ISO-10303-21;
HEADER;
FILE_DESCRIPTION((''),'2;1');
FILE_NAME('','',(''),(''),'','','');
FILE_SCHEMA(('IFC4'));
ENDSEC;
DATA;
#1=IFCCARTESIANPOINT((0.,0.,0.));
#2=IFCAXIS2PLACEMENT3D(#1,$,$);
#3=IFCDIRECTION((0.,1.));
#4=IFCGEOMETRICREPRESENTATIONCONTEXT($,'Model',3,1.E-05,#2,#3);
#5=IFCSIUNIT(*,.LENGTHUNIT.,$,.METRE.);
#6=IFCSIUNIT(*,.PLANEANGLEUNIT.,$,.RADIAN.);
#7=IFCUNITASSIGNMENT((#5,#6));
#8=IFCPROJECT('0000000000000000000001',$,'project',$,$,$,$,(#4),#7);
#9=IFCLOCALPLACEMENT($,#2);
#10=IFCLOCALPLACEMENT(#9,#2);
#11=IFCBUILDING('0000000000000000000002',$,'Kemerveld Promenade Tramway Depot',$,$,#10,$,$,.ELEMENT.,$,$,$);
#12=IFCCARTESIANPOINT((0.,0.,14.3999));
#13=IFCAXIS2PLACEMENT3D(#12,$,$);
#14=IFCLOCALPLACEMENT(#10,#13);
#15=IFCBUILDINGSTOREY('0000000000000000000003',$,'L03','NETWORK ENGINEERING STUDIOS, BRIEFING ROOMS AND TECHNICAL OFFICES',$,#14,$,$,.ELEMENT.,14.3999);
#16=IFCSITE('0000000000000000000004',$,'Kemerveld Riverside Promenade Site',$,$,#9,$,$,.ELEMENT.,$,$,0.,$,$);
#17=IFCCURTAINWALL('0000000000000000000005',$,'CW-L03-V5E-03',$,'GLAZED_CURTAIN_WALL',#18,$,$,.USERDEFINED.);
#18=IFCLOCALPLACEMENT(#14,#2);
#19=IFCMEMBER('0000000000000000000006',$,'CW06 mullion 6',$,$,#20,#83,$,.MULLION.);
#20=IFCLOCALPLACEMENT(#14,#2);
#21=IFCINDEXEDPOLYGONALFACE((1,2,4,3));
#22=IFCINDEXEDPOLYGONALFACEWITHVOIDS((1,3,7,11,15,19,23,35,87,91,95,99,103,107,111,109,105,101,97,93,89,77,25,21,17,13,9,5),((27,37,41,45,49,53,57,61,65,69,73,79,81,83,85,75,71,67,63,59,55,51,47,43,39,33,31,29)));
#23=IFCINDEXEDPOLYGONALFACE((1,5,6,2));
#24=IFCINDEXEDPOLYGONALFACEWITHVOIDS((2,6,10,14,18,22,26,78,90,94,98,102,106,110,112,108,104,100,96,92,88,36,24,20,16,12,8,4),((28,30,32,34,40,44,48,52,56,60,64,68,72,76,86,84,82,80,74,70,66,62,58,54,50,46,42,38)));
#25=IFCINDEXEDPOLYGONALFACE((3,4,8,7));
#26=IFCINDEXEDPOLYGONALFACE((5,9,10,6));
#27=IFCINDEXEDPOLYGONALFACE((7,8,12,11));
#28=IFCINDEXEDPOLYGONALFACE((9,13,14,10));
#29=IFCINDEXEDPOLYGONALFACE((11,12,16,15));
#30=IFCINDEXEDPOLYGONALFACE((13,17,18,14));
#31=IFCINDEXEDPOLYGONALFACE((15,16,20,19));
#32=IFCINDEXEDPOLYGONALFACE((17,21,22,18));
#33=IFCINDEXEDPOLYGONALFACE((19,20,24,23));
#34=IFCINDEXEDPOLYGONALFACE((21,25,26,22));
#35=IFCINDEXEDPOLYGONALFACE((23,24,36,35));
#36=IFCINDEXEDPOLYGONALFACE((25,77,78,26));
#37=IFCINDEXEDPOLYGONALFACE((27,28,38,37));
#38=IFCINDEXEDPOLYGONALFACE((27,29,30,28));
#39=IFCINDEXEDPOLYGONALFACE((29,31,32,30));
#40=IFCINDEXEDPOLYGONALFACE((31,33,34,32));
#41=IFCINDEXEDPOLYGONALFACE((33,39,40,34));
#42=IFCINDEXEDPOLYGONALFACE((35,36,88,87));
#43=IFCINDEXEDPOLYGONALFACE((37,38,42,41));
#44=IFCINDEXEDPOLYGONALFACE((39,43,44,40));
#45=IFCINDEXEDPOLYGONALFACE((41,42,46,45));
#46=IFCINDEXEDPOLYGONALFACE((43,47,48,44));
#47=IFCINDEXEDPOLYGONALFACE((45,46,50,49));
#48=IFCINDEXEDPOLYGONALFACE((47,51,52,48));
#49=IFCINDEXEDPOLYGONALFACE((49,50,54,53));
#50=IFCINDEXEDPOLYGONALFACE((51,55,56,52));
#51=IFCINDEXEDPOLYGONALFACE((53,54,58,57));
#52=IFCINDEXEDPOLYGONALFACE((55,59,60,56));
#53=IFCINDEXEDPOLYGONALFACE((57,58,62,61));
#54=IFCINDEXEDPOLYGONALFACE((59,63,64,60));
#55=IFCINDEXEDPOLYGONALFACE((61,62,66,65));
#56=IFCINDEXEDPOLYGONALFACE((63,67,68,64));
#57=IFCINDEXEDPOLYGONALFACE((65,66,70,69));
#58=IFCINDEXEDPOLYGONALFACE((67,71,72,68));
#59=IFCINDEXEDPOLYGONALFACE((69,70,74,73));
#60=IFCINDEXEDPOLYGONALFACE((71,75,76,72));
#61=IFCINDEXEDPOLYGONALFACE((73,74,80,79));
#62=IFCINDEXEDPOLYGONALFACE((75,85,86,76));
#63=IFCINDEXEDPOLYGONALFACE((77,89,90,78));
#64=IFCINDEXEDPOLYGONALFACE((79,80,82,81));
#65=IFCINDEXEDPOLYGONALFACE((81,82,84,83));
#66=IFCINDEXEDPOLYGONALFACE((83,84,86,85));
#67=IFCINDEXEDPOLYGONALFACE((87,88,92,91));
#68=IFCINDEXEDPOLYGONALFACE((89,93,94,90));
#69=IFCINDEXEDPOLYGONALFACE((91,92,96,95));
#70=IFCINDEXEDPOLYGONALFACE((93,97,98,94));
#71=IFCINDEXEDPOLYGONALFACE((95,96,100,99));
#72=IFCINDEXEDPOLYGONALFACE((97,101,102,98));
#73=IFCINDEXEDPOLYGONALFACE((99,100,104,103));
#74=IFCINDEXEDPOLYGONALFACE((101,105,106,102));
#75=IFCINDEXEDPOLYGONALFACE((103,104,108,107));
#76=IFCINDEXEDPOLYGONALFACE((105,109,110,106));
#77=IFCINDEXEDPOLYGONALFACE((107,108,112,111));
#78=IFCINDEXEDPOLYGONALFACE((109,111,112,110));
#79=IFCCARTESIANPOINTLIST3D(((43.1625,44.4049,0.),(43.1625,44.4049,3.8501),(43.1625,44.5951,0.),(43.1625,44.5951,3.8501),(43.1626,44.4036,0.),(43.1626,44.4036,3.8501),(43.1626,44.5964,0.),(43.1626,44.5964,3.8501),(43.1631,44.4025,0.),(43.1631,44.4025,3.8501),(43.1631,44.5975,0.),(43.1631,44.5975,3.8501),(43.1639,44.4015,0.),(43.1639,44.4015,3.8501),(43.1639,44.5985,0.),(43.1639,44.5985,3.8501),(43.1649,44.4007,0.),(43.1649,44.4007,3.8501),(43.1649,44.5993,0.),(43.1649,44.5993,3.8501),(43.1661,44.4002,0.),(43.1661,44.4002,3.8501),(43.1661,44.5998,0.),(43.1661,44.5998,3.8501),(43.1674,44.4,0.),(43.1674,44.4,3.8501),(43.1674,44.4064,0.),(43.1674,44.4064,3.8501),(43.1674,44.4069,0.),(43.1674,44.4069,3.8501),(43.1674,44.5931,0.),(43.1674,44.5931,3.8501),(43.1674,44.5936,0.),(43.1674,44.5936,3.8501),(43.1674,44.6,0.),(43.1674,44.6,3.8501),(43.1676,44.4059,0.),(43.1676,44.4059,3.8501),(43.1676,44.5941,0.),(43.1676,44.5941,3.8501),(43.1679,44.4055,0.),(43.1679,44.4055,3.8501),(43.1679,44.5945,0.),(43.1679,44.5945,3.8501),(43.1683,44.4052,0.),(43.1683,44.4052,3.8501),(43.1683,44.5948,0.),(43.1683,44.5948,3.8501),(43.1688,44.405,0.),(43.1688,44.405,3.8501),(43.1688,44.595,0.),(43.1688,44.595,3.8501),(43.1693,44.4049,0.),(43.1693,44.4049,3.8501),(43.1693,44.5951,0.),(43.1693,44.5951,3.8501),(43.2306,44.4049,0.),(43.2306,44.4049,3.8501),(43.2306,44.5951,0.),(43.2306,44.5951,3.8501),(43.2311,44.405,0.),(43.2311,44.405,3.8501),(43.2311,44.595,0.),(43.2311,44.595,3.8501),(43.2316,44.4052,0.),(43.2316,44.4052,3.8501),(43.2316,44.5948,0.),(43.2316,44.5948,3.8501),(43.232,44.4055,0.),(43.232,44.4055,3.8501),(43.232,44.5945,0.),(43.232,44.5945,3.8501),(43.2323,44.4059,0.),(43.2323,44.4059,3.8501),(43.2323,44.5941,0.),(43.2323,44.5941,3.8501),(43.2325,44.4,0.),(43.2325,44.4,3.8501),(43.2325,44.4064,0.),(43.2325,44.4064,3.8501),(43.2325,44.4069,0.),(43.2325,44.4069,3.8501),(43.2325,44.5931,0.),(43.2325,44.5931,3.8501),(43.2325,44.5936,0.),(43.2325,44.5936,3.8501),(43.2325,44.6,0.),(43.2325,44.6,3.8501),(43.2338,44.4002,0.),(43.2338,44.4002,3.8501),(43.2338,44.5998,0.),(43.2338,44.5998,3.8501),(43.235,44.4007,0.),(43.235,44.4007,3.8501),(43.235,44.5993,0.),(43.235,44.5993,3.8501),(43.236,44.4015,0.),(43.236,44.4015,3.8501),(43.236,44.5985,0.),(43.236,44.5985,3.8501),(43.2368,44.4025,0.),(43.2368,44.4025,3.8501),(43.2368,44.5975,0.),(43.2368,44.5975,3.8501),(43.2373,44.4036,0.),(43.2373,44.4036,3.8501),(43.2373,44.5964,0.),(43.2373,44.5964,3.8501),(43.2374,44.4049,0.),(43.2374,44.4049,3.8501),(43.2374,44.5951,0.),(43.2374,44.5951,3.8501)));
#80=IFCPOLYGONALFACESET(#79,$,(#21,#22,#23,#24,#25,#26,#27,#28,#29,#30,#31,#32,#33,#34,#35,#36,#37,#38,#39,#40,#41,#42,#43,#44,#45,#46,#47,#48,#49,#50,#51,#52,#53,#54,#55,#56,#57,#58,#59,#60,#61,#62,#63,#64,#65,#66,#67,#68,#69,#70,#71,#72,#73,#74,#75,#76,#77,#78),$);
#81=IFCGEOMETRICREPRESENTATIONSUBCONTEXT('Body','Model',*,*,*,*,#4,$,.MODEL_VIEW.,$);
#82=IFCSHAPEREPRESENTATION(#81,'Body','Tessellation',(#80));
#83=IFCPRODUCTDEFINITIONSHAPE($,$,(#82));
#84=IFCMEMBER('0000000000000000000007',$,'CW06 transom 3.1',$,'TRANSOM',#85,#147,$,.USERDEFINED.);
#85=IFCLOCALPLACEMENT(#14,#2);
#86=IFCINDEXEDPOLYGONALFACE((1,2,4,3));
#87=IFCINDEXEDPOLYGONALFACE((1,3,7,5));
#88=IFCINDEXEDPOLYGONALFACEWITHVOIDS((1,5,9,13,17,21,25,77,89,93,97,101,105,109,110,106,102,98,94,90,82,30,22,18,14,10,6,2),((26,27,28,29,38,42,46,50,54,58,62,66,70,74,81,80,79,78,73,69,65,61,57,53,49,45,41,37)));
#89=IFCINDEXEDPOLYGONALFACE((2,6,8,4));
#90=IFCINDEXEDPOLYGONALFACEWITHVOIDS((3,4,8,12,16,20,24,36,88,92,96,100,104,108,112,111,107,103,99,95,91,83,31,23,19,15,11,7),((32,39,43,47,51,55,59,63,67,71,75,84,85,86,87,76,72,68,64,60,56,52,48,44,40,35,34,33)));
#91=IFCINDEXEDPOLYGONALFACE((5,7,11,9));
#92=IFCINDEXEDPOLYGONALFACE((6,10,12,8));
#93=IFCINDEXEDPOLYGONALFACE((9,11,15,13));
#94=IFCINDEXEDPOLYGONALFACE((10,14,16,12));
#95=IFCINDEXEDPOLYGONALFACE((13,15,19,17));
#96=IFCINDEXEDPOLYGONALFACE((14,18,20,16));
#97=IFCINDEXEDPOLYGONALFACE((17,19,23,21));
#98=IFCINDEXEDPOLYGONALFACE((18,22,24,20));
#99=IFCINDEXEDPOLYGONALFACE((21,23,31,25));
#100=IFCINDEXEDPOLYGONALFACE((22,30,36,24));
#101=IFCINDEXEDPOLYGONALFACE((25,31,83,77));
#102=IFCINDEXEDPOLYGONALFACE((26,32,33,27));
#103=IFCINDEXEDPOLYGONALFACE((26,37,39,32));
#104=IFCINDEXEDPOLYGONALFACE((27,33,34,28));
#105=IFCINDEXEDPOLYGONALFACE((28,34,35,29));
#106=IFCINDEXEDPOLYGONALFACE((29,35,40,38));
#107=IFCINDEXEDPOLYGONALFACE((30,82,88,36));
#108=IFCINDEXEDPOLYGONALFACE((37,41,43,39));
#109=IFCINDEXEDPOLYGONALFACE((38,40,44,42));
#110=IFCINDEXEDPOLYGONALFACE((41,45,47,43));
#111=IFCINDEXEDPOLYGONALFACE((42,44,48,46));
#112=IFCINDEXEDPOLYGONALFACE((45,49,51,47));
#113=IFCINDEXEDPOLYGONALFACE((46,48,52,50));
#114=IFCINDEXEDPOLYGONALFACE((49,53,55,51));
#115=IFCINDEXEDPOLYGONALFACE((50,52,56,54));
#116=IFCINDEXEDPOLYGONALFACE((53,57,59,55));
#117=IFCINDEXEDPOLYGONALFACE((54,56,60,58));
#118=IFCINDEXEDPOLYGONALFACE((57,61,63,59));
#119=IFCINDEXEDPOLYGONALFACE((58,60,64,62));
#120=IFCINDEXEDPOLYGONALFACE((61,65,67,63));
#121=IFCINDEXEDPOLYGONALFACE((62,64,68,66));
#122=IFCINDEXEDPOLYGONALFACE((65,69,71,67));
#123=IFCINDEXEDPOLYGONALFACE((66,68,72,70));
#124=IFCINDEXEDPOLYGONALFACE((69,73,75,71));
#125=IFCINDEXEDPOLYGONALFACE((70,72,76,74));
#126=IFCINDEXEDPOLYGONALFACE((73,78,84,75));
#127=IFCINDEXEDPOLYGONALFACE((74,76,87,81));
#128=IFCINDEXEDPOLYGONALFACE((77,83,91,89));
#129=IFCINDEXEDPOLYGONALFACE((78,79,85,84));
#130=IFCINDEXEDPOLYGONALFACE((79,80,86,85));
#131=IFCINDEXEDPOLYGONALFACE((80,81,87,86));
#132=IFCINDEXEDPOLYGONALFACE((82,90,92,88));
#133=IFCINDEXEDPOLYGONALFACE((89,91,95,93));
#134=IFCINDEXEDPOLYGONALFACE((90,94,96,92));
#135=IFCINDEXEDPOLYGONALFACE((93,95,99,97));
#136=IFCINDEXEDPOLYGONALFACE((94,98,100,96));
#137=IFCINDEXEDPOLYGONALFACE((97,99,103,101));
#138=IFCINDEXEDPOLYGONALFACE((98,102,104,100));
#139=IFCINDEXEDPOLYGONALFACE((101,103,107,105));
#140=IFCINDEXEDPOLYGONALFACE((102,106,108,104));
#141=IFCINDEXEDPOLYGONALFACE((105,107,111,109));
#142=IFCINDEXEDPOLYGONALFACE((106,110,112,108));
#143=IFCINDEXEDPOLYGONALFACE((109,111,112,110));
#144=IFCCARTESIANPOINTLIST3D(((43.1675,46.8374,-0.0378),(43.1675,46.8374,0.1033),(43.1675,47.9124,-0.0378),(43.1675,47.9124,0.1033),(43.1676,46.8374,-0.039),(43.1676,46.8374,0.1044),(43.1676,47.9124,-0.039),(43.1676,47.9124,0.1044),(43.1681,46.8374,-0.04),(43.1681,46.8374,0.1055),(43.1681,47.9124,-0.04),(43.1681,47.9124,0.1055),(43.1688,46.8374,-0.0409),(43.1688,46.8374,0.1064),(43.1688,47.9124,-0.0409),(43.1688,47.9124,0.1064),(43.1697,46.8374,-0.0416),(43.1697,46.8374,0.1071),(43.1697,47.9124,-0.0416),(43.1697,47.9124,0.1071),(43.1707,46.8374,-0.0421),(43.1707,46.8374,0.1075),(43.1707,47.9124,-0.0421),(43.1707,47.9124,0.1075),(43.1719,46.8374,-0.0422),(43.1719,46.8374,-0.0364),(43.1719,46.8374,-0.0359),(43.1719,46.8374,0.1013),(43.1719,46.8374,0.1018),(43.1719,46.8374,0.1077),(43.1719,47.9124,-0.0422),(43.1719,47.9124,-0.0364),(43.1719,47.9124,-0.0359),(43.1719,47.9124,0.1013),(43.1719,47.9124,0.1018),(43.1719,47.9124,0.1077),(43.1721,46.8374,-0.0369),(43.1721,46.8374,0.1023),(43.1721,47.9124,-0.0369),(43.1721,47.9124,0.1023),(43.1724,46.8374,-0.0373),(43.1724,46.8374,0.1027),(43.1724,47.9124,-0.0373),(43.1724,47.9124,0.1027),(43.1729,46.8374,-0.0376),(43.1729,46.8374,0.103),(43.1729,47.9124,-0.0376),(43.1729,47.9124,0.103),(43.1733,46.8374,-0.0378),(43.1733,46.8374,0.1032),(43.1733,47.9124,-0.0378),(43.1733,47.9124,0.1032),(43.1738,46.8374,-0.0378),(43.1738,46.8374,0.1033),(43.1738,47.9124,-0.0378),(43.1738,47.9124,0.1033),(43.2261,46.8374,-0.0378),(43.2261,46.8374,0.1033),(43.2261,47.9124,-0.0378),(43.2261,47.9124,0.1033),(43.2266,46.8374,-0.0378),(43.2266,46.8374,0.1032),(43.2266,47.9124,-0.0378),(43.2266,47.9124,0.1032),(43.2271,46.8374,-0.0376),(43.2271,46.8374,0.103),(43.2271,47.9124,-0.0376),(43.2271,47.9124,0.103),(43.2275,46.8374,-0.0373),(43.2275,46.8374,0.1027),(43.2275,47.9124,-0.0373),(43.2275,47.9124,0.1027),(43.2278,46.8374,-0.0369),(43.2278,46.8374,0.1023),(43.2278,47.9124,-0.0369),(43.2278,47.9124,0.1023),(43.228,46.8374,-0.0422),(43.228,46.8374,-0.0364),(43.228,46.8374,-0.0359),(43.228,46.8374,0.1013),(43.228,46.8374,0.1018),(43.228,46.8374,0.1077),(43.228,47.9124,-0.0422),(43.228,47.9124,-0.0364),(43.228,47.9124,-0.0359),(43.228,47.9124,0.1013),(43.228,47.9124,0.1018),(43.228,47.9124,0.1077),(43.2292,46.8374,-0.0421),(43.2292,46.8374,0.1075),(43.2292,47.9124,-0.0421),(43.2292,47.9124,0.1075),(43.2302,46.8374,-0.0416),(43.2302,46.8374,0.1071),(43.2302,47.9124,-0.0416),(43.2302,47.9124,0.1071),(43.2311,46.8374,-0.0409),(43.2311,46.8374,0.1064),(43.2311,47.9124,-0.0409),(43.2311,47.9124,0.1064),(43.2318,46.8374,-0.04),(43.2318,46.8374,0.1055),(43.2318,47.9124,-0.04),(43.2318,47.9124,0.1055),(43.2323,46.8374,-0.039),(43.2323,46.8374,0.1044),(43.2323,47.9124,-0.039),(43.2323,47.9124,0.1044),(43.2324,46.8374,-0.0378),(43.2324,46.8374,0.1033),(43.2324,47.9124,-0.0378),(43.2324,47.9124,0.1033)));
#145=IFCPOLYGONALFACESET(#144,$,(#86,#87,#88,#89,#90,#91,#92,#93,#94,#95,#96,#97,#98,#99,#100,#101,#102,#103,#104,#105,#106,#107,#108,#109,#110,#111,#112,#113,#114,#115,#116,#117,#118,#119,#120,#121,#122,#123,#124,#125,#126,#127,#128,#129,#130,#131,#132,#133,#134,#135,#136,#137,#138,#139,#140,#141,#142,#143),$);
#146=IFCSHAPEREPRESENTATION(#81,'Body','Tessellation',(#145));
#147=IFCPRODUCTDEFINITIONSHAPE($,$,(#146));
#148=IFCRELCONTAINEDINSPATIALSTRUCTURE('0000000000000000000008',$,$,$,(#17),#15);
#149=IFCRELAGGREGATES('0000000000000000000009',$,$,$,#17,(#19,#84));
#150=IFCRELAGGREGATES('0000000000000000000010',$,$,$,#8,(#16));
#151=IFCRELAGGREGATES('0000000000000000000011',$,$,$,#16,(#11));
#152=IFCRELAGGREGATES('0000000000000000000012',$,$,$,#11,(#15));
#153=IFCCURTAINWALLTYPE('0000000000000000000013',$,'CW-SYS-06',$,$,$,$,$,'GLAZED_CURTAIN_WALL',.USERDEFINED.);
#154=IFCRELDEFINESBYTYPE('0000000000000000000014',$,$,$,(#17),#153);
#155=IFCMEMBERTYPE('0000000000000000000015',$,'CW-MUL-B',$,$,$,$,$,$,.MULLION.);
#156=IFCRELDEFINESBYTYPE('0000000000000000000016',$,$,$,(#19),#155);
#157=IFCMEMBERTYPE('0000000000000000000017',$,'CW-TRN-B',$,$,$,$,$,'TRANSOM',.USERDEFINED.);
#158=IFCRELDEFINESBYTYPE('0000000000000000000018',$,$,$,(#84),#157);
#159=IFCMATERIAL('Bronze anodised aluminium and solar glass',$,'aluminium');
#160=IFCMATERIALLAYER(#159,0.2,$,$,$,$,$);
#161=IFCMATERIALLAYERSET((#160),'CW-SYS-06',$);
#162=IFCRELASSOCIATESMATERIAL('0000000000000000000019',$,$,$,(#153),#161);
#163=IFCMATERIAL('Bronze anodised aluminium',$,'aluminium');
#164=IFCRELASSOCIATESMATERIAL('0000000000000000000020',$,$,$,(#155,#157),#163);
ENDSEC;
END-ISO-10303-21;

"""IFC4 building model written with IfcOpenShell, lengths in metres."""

from ifc_helpers import new_model, si_unit, direction, frame, origin, origin_2d, place, context, subcontext, project, spatial, hollow_rectangle, extrude, material, layer, layer_set, material_profile, profile_set, type_object, element, aggregate, save


model = new_model("IFC4")

# Units and contexts
model_context = context("Model", 3, precision=1e-05, world=origin(), true_north=direction((0.0, 1.0)))
body_context = subcontext(model_context, "Body", "Model", "MODEL_VIEW")
ifc_project = project(units=[si_unit("LENGTHUNIT", "METRE"), si_unit("PLANEANGLEUNIT", "RADIAN")], contexts=[model_context])

# Site, building, storey
site_placement = place(None, origin())
site = spatial("IfcSite", under=ifc_project, at=site_placement, Name="Kemerveld Riverside Promenade Site", CompositionType="ELEMENT", RefElevation=0.0)
building_placement = place(site_placement, origin())
building = spatial("IfcBuilding", under=site, at=building_placement, Name="Kemerveld Promenade Tramway Depot", CompositionType="ELEMENT")
storey_placement = place(building_placement, frame((0.0, 0.0, 14.3999)))
storey = spatial("IfcBuildingStorey", under=building, at=storey_placement, Name="L03", Description="NETWORK ENGINEERING STUDIOS, BRIEFING ROOMS AND TECHNICAL OFFICES", CompositionType="ELEMENT", Elevation=14.3999)

# Curtain wall, members
ifc_material_1 = material(Name="Bronze anodised aluminium and solar glass", Category="aluminium")
ifc_layer_1 = layer(ifc_material_1, 0.2)
ifc_layer_set_1 = layer_set([ifc_layer_1], Name="CW-SYS-06")
curtain_wall_type = type_object("IfcCurtainWallType", Name="CW-SYS-06", ElementType="GLAZED_CURTAIN_WALL", PredefinedType="USERDEFINED", material=ifc_layer_set_1)
curtain_wall_placement = place(storey_placement, origin())
curtain_wall = element("IfcCurtainWall", 1, at=curtain_wall_placement, inside=storey, type_object=curtain_wall_type, Name="CW-L03-V5E-03", ObjectType="GLAZED_CURTAIN_WALL", PredefinedType="USERDEFINED")
ifc_material_2 = material(Name="Bronze anodised aluminium", Category="aluminium")
ifc_material_profile_1 = material_profile(ifc_material_2, hollow_rectangle(XDim=0.075, YDim=0.2, WallThickness=0.0049, InnerFilletRadius=0.002, OuterFilletRadius=0.0049, at=origin_2d()), Name="CW-MUL-200x75")
ifc_profile_set_1 = profile_set([ifc_material_profile_1], Name="Bronze anodised aluminium")
member_type_1 = type_object("IfcMemberType", Name="CW-MUL-B", PredefinedType="MULLION", material=ifc_profile_set_1)
member_1_placement = place(storey_placement, frame((43.2, 44.5, 0.0), z_axis=(0.0, 0.0, 1.0), x_axis=(1.0, 0.0, 0.0)))
member_1 = element("IfcMember", 2, at=member_1_placement, type_object=member_type_1, Name="CW06 mullion 6", PredefinedType="MULLION", context=body_context, shape_type="SweptSolid", body=[
    extrude(hollow_rectangle(XDim=0.075, YDim=0.2, WallThickness=0.0049, InnerFilletRadius=0.002, OuterFilletRadius=0.0049, at=origin_2d()), origin(), (0.0, 0.0, 1.0), 3.8501),
])
ifc_material_profile_2 = material_profile(ifc_material_2, hollow_rectangle(XDim=0.0649, YDim=0.1499, WallThickness=0.0044, InnerFilletRadius=0.002, OuterFilletRadius=0.0044, at=origin_2d()), Name="CW-TRN-150x65")
ifc_profile_set_2 = profile_set([ifc_material_profile_2], Name="Bronze anodised aluminium")
member_type_2 = type_object("IfcMemberType", Name="CW-TRN-B", ElementType="TRANSOM", PredefinedType="USERDEFINED", material=ifc_profile_set_2)
member_2_placement = place(storey_placement, frame((43.2, 47.9124, 0.0327), z_axis=(0.0, -1.0, 0.0), x_axis=(1.0, 0.0, 0.0)))
member_2 = element("IfcMember", 3, at=member_2_placement, type_object=member_type_2, Name="CW06 transom 3.1", ObjectType="TRANSOM", PredefinedType="USERDEFINED", context=body_context, shape_type="SweptSolid", body=[
    extrude(hollow_rectangle(XDim=0.0649, YDim=0.1499, WallThickness=0.0044, InnerFilletRadius=0.002, OuterFilletRadius=0.0044, at=origin_2d()), origin(), (0.0, 0.0, 1.0), 1.075),
])
aggregate(curtain_wall, [member_1, member_2])

save(model, "model.ifc")
